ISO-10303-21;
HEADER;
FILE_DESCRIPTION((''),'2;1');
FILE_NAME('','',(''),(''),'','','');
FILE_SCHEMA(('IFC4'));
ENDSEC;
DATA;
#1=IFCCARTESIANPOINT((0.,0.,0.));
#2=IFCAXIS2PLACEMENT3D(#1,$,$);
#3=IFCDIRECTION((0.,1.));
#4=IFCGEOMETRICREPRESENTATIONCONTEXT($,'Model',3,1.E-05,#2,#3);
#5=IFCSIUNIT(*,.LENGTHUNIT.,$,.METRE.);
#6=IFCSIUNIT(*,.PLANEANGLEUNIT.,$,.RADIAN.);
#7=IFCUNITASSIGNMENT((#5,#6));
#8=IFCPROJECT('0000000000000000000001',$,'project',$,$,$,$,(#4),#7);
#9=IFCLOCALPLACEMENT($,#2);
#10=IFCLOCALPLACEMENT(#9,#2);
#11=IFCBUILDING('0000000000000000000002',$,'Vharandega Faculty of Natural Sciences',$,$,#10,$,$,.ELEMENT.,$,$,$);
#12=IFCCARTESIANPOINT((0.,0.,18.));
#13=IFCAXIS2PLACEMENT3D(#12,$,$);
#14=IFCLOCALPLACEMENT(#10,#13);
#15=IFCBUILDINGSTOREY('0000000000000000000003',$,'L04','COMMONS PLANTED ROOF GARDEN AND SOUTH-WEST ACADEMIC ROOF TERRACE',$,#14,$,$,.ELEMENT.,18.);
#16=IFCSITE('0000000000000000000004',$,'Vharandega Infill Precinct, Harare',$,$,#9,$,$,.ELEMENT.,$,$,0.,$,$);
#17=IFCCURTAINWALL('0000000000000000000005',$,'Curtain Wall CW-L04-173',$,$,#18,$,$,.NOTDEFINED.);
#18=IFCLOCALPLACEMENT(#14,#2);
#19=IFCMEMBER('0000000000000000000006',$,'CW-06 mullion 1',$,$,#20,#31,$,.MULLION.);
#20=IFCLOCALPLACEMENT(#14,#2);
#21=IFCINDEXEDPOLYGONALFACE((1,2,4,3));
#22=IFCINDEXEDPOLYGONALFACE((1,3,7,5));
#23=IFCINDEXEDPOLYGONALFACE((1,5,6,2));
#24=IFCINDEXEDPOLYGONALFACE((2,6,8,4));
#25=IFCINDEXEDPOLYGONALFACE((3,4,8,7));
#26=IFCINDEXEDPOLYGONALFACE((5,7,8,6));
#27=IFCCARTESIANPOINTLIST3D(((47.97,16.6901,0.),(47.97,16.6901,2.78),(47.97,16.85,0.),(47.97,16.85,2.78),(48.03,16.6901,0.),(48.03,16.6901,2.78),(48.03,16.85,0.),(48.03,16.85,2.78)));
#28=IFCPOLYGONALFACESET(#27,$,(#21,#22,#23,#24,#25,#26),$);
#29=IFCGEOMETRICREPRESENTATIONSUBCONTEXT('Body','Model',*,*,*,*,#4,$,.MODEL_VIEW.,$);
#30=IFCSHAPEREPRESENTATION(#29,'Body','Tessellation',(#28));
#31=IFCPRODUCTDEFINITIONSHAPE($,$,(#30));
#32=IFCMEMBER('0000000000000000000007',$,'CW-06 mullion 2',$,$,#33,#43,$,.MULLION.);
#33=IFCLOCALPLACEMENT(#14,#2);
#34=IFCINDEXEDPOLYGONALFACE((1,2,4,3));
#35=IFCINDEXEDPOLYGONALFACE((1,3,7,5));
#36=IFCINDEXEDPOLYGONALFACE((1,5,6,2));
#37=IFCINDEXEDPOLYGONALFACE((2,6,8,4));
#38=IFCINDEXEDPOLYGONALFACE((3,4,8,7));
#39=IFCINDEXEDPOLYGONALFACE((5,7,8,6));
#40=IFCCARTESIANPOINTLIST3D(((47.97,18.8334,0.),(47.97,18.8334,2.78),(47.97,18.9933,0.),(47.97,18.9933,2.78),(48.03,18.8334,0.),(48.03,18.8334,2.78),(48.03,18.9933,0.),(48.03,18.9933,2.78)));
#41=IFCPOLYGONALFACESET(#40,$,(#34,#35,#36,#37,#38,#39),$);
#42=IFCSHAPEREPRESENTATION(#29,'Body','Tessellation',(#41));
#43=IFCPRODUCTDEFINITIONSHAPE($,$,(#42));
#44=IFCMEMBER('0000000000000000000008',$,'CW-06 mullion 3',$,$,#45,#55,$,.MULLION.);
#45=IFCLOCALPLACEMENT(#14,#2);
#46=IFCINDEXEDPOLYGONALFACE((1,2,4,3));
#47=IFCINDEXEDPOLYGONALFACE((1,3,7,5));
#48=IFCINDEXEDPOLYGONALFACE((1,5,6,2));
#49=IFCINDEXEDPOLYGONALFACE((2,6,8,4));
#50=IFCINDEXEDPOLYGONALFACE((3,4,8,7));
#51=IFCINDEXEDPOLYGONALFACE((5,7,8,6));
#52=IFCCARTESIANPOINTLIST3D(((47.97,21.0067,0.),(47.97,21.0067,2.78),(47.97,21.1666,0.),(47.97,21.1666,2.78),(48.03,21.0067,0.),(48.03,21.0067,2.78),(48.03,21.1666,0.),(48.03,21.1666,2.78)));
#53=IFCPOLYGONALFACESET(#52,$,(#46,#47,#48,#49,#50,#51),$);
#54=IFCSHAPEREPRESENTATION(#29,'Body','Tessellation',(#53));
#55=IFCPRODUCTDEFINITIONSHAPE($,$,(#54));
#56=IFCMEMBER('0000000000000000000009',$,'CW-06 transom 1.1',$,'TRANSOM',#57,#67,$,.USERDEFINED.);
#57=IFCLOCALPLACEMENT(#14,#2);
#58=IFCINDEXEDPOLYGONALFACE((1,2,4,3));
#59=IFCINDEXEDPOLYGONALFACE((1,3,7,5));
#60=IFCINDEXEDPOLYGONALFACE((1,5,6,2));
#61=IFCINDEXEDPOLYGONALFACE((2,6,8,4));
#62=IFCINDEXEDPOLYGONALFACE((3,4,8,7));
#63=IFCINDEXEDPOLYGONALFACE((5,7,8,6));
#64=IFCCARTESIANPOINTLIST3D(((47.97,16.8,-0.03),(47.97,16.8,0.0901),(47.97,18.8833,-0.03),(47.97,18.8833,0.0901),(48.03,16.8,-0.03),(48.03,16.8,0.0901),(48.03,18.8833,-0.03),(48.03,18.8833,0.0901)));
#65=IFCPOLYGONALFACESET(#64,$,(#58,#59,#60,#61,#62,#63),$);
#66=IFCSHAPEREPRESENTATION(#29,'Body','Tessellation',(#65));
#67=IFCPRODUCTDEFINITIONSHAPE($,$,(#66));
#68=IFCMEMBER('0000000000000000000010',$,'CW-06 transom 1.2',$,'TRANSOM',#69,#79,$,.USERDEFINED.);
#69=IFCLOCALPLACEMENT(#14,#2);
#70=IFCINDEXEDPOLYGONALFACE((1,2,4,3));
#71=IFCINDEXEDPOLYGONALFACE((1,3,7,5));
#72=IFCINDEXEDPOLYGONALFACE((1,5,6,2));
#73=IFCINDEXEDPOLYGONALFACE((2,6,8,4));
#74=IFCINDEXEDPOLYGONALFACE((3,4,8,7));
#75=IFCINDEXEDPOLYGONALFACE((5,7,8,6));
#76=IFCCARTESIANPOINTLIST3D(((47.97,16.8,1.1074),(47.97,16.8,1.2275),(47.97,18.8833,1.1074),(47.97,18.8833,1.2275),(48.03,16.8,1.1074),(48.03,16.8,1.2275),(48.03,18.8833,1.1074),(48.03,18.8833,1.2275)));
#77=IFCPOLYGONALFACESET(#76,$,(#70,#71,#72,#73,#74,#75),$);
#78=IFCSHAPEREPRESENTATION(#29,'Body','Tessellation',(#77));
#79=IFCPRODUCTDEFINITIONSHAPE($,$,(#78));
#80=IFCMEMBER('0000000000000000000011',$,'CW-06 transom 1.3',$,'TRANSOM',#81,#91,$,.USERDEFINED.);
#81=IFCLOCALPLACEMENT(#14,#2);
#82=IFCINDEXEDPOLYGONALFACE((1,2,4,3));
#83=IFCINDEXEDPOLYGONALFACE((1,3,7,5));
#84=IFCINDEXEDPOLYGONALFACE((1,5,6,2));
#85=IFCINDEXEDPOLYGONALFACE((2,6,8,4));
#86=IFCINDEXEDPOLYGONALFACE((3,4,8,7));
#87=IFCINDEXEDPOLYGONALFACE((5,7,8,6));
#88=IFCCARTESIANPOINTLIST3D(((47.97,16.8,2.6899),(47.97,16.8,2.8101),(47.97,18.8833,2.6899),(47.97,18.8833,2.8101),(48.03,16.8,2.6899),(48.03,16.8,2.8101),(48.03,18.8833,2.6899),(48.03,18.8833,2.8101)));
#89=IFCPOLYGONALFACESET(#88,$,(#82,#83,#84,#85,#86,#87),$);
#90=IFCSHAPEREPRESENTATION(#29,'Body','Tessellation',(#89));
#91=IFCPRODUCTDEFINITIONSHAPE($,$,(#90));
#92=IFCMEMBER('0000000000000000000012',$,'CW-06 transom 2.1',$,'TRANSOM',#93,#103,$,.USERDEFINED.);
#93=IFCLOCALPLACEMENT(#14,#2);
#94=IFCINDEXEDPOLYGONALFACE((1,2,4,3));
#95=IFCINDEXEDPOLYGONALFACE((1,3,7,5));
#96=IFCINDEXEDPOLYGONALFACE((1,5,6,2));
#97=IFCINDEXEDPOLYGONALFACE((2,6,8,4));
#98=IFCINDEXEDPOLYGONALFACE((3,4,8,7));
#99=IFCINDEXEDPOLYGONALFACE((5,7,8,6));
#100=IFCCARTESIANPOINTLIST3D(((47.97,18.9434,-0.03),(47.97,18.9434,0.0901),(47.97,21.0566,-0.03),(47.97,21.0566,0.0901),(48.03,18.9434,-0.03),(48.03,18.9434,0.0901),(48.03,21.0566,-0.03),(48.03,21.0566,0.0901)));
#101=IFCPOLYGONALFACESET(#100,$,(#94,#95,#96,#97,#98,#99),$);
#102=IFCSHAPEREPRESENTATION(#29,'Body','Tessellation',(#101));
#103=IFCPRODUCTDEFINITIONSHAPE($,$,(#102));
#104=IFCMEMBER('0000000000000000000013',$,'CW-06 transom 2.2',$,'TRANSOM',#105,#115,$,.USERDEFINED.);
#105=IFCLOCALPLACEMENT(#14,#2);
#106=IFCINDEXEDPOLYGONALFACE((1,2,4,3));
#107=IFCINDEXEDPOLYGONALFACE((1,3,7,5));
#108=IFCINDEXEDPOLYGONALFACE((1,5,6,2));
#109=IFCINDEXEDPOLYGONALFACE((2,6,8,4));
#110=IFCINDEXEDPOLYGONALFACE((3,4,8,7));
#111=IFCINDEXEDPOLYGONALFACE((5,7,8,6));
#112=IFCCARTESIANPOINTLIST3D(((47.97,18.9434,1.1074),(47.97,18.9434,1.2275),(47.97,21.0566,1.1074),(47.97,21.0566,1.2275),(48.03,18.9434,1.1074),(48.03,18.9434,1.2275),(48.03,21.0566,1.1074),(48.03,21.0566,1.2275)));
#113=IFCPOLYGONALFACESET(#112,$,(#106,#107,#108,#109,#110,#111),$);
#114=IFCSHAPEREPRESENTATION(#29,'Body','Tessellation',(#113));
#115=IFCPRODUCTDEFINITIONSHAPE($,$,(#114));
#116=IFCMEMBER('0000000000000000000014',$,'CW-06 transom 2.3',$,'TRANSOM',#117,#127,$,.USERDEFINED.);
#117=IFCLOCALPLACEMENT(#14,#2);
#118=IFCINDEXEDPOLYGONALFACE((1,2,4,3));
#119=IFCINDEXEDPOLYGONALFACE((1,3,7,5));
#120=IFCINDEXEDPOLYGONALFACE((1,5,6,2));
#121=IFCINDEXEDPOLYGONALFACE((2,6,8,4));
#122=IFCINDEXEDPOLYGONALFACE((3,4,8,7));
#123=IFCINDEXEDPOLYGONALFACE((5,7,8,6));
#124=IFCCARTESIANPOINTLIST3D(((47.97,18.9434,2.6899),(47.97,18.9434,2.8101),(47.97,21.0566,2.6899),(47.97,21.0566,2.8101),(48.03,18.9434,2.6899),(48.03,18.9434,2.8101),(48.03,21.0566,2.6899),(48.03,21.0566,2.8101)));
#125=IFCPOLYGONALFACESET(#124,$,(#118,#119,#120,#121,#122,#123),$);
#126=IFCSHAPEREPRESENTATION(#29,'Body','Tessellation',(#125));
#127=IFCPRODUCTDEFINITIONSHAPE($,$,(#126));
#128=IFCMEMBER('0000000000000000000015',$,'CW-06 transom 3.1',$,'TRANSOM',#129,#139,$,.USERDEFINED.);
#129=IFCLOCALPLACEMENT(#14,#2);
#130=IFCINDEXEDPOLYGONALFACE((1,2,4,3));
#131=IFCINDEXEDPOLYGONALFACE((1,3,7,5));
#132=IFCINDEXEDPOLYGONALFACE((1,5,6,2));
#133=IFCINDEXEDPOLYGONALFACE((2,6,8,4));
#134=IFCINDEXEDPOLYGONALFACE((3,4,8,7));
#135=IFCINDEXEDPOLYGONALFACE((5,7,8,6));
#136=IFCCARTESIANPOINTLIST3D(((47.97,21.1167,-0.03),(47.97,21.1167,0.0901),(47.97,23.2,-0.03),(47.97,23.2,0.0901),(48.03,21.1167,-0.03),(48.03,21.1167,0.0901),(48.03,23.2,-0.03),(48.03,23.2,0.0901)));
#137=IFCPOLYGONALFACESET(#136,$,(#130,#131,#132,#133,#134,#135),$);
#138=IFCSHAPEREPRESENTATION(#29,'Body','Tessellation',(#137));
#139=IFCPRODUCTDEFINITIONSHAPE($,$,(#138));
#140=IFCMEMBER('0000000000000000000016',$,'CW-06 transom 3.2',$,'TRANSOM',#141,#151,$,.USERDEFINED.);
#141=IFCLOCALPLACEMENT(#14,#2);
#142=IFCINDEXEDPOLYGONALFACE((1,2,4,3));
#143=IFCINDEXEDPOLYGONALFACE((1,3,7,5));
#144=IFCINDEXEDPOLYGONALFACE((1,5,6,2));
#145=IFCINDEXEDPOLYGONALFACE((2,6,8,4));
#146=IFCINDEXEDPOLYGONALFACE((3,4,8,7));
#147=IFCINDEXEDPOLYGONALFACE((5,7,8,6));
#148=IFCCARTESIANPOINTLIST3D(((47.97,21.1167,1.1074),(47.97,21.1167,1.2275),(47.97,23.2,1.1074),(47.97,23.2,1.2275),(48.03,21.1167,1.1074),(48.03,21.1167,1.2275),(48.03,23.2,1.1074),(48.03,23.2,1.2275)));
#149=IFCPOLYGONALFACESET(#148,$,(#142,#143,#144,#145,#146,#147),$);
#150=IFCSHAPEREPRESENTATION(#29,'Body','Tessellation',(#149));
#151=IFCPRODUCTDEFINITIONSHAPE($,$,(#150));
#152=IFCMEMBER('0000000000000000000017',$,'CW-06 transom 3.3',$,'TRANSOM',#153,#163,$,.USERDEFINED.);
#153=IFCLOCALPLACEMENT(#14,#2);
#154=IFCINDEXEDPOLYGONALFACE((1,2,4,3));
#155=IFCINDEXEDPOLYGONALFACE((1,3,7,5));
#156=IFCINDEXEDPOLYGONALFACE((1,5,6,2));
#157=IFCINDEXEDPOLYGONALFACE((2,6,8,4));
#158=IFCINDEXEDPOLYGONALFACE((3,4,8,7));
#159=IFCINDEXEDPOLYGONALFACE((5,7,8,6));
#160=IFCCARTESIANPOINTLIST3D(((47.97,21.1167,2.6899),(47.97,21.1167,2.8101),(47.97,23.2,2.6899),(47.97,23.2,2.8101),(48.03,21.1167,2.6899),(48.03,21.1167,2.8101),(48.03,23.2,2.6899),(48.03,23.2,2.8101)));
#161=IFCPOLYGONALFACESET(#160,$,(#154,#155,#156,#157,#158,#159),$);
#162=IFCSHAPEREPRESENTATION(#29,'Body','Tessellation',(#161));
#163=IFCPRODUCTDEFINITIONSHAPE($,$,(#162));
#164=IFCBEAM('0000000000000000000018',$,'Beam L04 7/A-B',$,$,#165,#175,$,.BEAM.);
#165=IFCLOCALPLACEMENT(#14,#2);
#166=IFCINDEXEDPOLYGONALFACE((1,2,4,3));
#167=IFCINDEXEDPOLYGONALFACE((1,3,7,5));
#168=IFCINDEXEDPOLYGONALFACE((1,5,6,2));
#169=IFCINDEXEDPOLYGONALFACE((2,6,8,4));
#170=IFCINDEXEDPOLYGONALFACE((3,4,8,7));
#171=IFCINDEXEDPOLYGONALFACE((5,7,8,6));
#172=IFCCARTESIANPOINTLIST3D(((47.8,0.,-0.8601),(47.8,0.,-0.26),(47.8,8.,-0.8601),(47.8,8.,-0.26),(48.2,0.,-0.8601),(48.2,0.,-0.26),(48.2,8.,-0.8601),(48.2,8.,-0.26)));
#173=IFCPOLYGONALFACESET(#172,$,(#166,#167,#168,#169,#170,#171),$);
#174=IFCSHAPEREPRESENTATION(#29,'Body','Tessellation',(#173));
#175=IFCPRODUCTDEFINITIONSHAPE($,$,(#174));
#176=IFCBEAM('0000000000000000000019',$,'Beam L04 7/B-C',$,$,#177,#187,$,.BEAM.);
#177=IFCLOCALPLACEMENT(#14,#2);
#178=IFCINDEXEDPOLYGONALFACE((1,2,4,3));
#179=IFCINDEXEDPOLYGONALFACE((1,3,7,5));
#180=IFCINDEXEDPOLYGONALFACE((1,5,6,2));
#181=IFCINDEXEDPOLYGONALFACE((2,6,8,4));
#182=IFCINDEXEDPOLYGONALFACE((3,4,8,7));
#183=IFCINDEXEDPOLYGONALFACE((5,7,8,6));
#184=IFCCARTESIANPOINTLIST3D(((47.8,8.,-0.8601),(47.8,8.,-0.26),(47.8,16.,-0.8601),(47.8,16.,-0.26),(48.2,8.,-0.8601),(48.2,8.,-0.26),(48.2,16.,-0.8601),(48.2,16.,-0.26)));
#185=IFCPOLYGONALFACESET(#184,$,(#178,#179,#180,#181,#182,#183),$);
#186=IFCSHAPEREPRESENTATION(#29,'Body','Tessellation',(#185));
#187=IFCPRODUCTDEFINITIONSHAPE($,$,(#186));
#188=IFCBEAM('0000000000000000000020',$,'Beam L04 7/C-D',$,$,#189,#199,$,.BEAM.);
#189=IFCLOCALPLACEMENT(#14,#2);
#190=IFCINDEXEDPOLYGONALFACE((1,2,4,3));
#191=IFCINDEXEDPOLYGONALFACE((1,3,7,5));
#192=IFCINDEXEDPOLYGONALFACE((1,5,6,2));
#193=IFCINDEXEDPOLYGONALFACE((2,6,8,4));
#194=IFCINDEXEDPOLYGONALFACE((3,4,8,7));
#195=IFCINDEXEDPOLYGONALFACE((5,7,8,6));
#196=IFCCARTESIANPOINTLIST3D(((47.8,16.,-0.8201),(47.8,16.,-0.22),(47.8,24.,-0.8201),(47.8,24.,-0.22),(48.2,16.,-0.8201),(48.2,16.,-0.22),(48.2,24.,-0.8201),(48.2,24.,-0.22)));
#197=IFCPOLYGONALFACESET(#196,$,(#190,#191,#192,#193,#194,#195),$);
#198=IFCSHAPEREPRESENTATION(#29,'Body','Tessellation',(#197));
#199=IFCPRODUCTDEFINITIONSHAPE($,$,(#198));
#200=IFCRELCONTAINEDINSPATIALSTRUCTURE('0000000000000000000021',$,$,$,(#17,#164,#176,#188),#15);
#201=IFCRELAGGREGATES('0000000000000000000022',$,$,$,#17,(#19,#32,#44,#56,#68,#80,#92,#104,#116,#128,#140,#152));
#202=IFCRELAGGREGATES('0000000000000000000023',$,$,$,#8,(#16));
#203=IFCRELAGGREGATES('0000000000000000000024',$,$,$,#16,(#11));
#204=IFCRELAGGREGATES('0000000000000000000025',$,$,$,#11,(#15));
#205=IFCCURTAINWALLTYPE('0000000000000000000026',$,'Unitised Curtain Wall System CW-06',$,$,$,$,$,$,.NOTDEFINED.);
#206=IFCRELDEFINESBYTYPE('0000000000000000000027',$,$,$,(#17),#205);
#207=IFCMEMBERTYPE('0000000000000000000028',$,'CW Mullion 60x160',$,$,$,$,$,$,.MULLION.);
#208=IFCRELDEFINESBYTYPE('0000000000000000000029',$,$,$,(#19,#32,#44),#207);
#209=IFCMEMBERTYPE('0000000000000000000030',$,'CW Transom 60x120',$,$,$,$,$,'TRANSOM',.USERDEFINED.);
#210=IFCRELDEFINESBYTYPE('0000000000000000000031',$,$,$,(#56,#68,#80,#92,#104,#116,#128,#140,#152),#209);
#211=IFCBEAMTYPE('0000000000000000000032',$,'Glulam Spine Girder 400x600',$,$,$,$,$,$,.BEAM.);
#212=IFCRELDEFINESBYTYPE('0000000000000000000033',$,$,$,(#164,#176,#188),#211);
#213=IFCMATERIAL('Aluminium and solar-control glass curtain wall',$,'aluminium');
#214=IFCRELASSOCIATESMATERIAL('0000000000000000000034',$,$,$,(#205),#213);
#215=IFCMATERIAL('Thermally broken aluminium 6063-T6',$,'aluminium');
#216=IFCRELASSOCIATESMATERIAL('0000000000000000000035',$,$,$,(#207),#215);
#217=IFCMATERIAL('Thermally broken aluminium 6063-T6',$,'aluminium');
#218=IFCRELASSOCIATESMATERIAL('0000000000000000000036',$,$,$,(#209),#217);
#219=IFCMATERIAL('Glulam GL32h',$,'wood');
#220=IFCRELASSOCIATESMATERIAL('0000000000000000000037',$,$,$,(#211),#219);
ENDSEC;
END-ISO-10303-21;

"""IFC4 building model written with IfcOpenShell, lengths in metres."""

from ifc_helpers import new_model, si_unit, direction, frame, origin, origin_2d, place, context, subcontext, project, spatial, rectangle, extrude, material, material_profile, profile_set, type_object, element, aggregate, save


model = new_model("IFC4")

# Units and contexts
model_context = context("Model", 3, precision=1e-05, world=origin(), true_north=direction((0.0, 1.0)))
body_context = subcontext(model_context, "Body", "Model", "MODEL_VIEW")
ifc_project = project(units=[si_unit("LENGTHUNIT", "METRE"), si_unit("PLANEANGLEUNIT", "RADIAN")], contexts=[model_context])

# Site, building, storey
site_placement = place(None, origin())
site = spatial("IfcSite", under=ifc_project, at=site_placement, Name="Vharandega Infill Precinct, Harare", CompositionType="ELEMENT", RefElevation=0.0)
building_placement = place(site_placement, origin())
building = spatial("IfcBuilding", under=site, at=building_placement, Name="Vharandega Faculty of Natural Sciences", CompositionType="ELEMENT")
storey_placement = place(building_placement, frame((0.0, 0.0, 18.0)))
storey = spatial("IfcBuildingStorey", under=building, at=storey_placement, Name="L04", Description="COMMONS PLANTED ROOF GARDEN AND SOUTH-WEST ACADEMIC ROOF TERRACE", CompositionType="ELEMENT", Elevation=18.0)

# Curtain wall, members
ifc_material_1 = material(Name="Aluminium and solar-control glass curtain wall", Category="aluminium")
curtain_wall_type = type_object("IfcCurtainWallType", Name="Unitised Curtain Wall System CW-06", PredefinedType="NOTDEFINED", material=ifc_material_1)
curtain_wall_placement = place(storey_placement, origin())
curtain_wall = element("IfcCurtainWall", 1, at=curtain_wall_placement, inside=storey, type_object=curtain_wall_type, Name="Curtain Wall CW-L04-173", PredefinedType="NOTDEFINED")
ifc_material_2 = material(Name="Thermally broken aluminium 6063-T6", Category="aluminium")
ifc_material_profile_1 = material_profile(ifc_material_2, rectangle(XDim=0.0601, YDim=0.1599, at=origin_2d()), Name="ALU 60x160")
ifc_profile_set_1 = profile_set([ifc_material_profile_1], Name="Thermally broken aluminium 6063-T6")
member_type_1 = type_object("IfcMemberType", Name="CW Mullion 60x160", PredefinedType="MULLION", material=ifc_profile_set_1)
member_1_placement = place(storey_placement, frame((48.0, 16.77, 0.0), z_axis=(0.0, 0.0, 1.0), x_axis=(-1.0, 0.0, 0.0)))
member_1 = element("IfcMember", 2, at=member_1_placement, type_object=member_type_1, Name="CW-06 mullion 1", PredefinedType="MULLION", context=body_context, shape_type="SweptSolid", body=[
    extrude(rectangle(XDim=0.0601, YDim=0.1599, at=origin_2d()), origin(), (0.0, 0.0, 1.0), 2.78),
])
member_2_placement = place(storey_placement, frame((48.0, 18.9133, 0.0), z_axis=(0.0, 0.0, 1.0), x_axis=(-1.0, 0.0, 0.0)))
member_2 = element("IfcMember", 3, at=member_2_placement, type_object=member_type_1, Name="CW-06 mullion 2", PredefinedType="MULLION", context=body_context, shape_type="SweptSolid", body=[
    extrude(rectangle(XDim=0.0601, YDim=0.1599, at=origin_2d()), origin(), (0.0, 0.0, 1.0), 2.78),
])
member_3_placement = place(storey_placement, frame((48.0, 21.0867, 0.0), z_axis=(0.0, 0.0, 1.0), x_axis=(-1.0, 0.0, 0.0)))
member_3 = element("IfcMember", 4, at=member_3_placement, type_object=member_type_1, Name="CW-06 mullion 3", PredefinedType="MULLION", context=body_context, shape_type="SweptSolid", body=[
    extrude(rectangle(XDim=0.0601, YDim=0.1599, at=origin_2d()), origin(), (0.0, 0.0, 1.0), 2.78),
])
ifc_material_3 = material(Name="Thermally broken aluminium 6063-T6", Category="aluminium")
ifc_material_profile_2 = material_profile(ifc_material_3, rectangle(XDim=0.0601, YDim=0.1201, at=origin_2d()), Name="ALU 60x120")
ifc_profile_set_2 = profile_set([ifc_material_profile_2], Name="Thermally broken aluminium 6063-T6")
member_type_2 = type_object("IfcMemberType", Name="CW Transom 60x120", ElementType="TRANSOM", PredefinedType="USERDEFINED", material=ifc_profile_set_2)
member_4_placement = place(storey_placement, frame((48.0, 16.8, 0.03), z_axis=(0.0, 1.0, 0.0), x_axis=(-1.0, 0.0, 0.0)))
member_4 = element("IfcMember", 5, at=member_4_placement, type_object=member_type_2, Name="CW-06 transom 1.1", ObjectType="TRANSOM", PredefinedType="USERDEFINED", context=body_context, shape_type="SweptSolid", body=[
    extrude(rectangle(XDim=0.0601, YDim=0.1201, at=origin_2d()), origin(), (0.0, 0.0, 1.0), 2.0833),
])
member_5_placement = place(storey_placement, frame((48.0, 16.8, 1.1675), z_axis=(0.0, 1.0, 0.0), x_axis=(-1.0, 0.0, 0.0)))
member_5 = element("IfcMember", 6, at=member_5_placement, type_object=member_type_2, Name="CW-06 transom 1.2", ObjectType="TRANSOM", PredefinedType="USERDEFINED", context=body_context, shape_type="SweptSolid", body=[
    extrude(rectangle(XDim=0.0601, YDim=0.1201, at=origin_2d()), origin(), (0.0, 0.0, 1.0), 2.0833),
])
member_6_placement = place(storey_placement, frame((48.0, 16.8, 2.75), z_axis=(0.0, 1.0, 0.0), x_axis=(-1.0, 0.0, 0.0)))
member_6 = element("IfcMember", 7, at=member_6_placement, type_object=member_type_2, Name="CW-06 transom 1.3", ObjectType="TRANSOM", PredefinedType="USERDEFINED", context=body_context, shape_type="SweptSolid", body=[
    extrude(rectangle(XDim=0.0601, YDim=0.1201, at=origin_2d()), origin(), (0.0, 0.0, 1.0), 2.0833),
])
member_7_placement = place(storey_placement, frame((48.0, 18.9434, 0.03), z_axis=(0.0, 1.0, 0.0), x_axis=(-1.0, 0.0, 0.0)))
member_7 = element("IfcMember", 8, at=member_7_placement, type_object=member_type_2, Name="CW-06 transom 2.1", ObjectType="TRANSOM", PredefinedType="USERDEFINED", context=body_context, shape_type="SweptSolid", body=[
    extrude(rectangle(XDim=0.0601, YDim=0.1201, at=origin_2d()), origin(), (0.0, 0.0, 1.0), 2.1133),
])
member_8_placement = place(storey_placement, frame((48.0, 18.9434, 1.1675), z_axis=(0.0, 1.0, 0.0), x_axis=(-1.0, 0.0, 0.0)))
member_8 = element("IfcMember", 9, at=member_8_placement, type_object=member_type_2, Name="CW-06 transom 2.2", ObjectType="TRANSOM", PredefinedType="USERDEFINED", context=body_context, shape_type="SweptSolid", body=[
    extrude(rectangle(XDim=0.0601, YDim=0.1201, at=origin_2d()), origin(), (0.0, 0.0, 1.0), 2.1133),
])
member_9_placement = place(storey_placement, frame((48.0, 18.9434, 2.75), z_axis=(0.0, 1.0, 0.0), x_axis=(-1.0, 0.0, 0.0)))
member_9 = element("IfcMember", 10, at=member_9_placement, type_object=member_type_2, Name="CW-06 transom 2.3", ObjectType="TRANSOM", PredefinedType="USERDEFINED", context=body_context, shape_type="SweptSolid", body=[
    extrude(rectangle(XDim=0.0601, YDim=0.1201, at=origin_2d()), origin(), (0.0, 0.0, 1.0), 2.1133),
])
member_10_placement = place(storey_placement, frame((48.0, 21.1167, 0.03), z_axis=(0.0, 1.0, 0.0), x_axis=(-1.0, 0.0, 0.0)))
member_10 = element("IfcMember", 11, at=member_10_placement, type_object=member_type_2, Name="CW-06 transom 3.1", ObjectType="TRANSOM", PredefinedType="USERDEFINED", context=body_context, shape_type="SweptSolid", body=[
    extrude(rectangle(XDim=0.0601, YDim=0.1201, at=origin_2d()), origin(), (0.0, 0.0, 1.0), 2.0833),
])
member_11_placement = place(storey_placement, frame((48.0, 21.1167, 1.1675), z_axis=(0.0, 1.0, 0.0), x_axis=(-1.0, 0.0, 0.0)))
member_11 = element("IfcMember", 12, at=member_11_placement, type_object=member_type_2, Name="CW-06 transom 3.2", ObjectType="TRANSOM", PredefinedType="USERDEFINED", context=body_context, shape_type="SweptSolid", body=[
    extrude(rectangle(XDim=0.0601, YDim=0.1201, at=origin_2d()), origin(), (0.0, 0.0, 1.0), 2.0833),
])
member_12_placement = place(storey_placement, frame((48.0, 21.1167, 2.75), z_axis=(0.0, 1.0, 0.0), x_axis=(-1.0, 0.0, 0.0)))
member_12 = element("IfcMember", 13, at=member_12_placement, type_object=member_type_2, Name="CW-06 transom 3.3", ObjectType="TRANSOM", PredefinedType="USERDEFINED", context=body_context, shape_type="SweptSolid", body=[
    extrude(rectangle(XDim=0.0601, YDim=0.1201, at=origin_2d()), origin(), (0.0, 0.0, 1.0), 2.0833),
])

# Beams
ifc_material_4 = material(Name="Glulam GL32h", Category="wood")
ifc_material_profile_3 = material_profile(ifc_material_4, rectangle(XDim=0.3999, YDim=0.6001, at=origin_2d()), Name="GL32h 400x600")
ifc_profile_set_3 = profile_set([ifc_material_profile_3], Name="Glulam GL32h")
beam_type = type_object("IfcBeamType", Name="Glulam Spine Girder 400x600", PredefinedType="BEAM", material=ifc_profile_set_3)
for number, where, z_axis, x_axis, name in (
    (14, (48.0, 0.0, -0.5601), (0.0, 1.0, 0.0), (-1.0, 0.0, 0.0), "Beam L04 7/A-B"),
    (15, (48.0, 8.0, -0.5601), (0.0, 1.0, 0.0), (-1.0, 0.0, 0.0), "Beam L04 7/B-C"),
    (16, (48.0, 16.0, -0.52), (0.0, 1.0, 0.0), (-1.0, 0.0, 0.0), "Beam L04 7/C-D"),
):
    element("IfcBeam", number, at=place(storey_placement, frame(where, z_axis=z_axis, x_axis=x_axis)), inside=storey, type_object=beam_type, Name=name, PredefinedType="BEAM", context=body_context, shape_type="SweptSolid", body=[
        extrude(rectangle(XDim=0.3999, YDim=0.6001, at=origin_2d()), origin(), (0.0, 0.0, 1.0), 8.0),
    ])

aggregate(curtain_wall, [member_1, member_2, member_3, member_4, member_5, member_6, member_7, member_8, member_9, member_10, member_11, member_12])

save(model, "model.ifc")
